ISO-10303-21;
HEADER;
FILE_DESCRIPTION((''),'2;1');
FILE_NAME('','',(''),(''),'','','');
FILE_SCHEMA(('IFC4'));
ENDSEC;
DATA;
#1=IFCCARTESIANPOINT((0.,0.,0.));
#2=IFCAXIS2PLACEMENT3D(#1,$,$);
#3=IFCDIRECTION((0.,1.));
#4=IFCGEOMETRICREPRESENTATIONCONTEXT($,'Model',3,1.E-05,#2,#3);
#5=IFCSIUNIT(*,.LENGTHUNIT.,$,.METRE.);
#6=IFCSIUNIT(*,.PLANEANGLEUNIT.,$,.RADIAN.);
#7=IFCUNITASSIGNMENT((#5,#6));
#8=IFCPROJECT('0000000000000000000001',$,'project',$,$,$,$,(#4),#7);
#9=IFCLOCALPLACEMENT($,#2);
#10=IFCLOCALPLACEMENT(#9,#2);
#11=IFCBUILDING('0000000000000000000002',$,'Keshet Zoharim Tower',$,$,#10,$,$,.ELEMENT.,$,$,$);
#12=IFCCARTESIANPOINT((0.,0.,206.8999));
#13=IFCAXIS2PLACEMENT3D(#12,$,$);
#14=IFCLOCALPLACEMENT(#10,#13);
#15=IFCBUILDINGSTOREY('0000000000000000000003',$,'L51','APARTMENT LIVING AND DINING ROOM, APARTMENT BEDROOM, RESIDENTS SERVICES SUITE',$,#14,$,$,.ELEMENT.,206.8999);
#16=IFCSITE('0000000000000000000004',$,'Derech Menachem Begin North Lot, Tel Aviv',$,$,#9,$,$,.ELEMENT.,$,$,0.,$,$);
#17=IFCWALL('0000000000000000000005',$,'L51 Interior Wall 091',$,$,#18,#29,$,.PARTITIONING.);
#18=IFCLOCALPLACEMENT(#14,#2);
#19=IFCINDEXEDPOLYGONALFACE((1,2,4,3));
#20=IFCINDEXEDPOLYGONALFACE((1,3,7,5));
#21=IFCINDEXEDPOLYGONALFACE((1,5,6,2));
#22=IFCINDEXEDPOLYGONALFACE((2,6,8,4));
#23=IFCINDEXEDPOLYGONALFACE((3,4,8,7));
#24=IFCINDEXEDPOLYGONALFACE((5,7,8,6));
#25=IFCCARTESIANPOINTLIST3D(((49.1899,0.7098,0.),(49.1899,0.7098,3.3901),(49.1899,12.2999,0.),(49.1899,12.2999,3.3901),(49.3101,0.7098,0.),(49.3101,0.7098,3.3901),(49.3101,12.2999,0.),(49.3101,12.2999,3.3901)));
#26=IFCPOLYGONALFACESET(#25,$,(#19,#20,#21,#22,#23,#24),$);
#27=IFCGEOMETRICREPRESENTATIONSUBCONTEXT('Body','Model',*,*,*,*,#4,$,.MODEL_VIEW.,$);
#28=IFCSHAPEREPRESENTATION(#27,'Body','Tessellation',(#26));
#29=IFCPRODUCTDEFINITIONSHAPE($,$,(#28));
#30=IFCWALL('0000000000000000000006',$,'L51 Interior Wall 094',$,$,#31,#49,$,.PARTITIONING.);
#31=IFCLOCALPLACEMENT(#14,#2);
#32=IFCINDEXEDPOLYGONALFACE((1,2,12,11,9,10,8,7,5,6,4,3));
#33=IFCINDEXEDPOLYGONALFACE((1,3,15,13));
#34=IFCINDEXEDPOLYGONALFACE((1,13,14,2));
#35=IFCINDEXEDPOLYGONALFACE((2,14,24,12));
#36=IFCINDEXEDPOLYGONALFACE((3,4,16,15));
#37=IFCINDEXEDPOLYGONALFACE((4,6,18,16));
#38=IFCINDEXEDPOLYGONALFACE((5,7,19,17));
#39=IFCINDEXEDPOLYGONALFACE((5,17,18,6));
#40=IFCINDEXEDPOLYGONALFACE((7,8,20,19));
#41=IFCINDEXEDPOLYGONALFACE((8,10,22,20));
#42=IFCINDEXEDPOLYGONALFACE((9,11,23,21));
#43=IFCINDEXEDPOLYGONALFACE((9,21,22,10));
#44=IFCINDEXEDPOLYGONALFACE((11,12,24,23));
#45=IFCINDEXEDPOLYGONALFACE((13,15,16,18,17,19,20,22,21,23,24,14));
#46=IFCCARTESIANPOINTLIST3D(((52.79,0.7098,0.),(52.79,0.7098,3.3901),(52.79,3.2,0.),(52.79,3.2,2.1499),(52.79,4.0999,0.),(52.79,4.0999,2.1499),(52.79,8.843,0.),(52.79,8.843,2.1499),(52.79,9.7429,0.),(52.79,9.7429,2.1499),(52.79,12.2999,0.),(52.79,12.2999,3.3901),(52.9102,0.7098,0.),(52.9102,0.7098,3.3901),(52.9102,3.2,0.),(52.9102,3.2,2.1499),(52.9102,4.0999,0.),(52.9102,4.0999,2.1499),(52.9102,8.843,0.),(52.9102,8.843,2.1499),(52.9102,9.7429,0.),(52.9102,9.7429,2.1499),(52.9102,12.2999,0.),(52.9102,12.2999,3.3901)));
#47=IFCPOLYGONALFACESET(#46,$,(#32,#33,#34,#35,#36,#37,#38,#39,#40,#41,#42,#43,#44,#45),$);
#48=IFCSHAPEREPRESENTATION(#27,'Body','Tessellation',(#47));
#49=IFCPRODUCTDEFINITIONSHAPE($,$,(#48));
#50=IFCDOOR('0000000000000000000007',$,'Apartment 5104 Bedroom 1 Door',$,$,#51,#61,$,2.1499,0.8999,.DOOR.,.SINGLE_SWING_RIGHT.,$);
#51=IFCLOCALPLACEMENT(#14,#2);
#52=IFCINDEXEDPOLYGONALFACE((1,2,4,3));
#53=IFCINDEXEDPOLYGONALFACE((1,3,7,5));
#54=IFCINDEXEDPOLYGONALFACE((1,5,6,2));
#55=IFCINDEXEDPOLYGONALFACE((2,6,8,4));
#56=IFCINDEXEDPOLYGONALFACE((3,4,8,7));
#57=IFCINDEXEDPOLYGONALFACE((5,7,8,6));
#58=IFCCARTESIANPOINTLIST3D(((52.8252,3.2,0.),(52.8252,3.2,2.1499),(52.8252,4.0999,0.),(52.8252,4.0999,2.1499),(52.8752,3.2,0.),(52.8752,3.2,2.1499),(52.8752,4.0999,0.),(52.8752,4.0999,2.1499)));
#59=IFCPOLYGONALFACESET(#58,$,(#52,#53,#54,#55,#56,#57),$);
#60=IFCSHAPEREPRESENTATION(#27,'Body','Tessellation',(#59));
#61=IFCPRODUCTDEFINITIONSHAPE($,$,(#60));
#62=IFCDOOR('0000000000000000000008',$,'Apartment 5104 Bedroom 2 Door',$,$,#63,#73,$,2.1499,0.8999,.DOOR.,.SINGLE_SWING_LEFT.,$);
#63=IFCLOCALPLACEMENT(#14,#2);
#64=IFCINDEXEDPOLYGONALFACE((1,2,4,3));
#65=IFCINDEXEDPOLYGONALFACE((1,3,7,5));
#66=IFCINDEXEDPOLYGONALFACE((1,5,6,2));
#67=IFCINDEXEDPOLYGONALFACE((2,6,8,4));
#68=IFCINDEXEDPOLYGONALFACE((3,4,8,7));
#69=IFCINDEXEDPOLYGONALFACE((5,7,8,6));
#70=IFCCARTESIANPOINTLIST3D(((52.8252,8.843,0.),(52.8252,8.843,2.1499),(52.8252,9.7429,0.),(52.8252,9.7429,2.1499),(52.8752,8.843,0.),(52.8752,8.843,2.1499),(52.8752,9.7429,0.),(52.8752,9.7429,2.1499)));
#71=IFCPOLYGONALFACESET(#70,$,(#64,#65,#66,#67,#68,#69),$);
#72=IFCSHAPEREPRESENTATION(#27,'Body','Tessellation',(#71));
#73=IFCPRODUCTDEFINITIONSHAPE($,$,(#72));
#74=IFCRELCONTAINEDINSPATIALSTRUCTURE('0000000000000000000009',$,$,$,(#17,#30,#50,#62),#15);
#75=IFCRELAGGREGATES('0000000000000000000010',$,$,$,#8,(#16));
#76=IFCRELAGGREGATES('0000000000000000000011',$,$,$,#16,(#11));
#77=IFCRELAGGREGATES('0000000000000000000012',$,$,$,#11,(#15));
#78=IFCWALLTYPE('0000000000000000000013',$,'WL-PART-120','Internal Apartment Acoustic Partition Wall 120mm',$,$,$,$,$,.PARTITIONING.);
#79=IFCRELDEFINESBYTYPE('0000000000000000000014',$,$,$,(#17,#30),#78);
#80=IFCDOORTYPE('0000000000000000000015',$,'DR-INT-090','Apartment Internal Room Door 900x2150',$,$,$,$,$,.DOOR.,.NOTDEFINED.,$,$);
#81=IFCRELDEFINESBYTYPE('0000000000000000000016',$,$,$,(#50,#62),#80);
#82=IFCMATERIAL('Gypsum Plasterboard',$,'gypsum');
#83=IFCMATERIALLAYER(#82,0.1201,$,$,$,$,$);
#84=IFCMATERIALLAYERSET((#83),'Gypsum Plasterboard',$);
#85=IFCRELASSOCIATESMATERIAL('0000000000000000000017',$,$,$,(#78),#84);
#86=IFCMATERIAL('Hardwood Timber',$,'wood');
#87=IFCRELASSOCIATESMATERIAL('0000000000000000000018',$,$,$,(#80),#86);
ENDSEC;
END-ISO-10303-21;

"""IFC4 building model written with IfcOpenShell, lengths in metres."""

from ifc_helpers import new_model, si_unit, direction, frame, frame_2d, origin, place, context, subcontext, project, spatial, rectangle, extrude, material, layer, layer_set, type_object, element, fill, save


model = new_model("IFC4")

# Units and contexts
model_context = context("Model", 3, precision=1e-05, world=origin(), true_north=direction((0.0, 1.0)))
body_context = subcontext(model_context, "Body", "Model", "MODEL_VIEW")
ifc_project = project(units=[si_unit("LENGTHUNIT", "METRE"), si_unit("PLANEANGLEUNIT", "RADIAN")], contexts=[model_context])

# Site, building, storey
site_placement = place(None, origin())
site = spatial("IfcSite", under=ifc_project, at=site_placement, Name="Derech Menachem Begin North Lot, Tel Aviv", CompositionType="ELEMENT", RefElevation=0.0)
building_placement = place(site_placement, origin())
building = spatial("IfcBuilding", under=site, at=building_placement, Name="Keshet Zoharim Tower", CompositionType="ELEMENT")
storey_placement = place(building_placement, frame((0.0, 0.0, 206.8999)))
storey = spatial("IfcBuildingStorey", under=building, at=storey_placement, Name="L51", Description="APARTMENT LIVING AND DINING ROOM, APARTMENT BEDROOM, RESIDENTS SERVICES SUITE", CompositionType="ELEMENT", Elevation=206.8999)

# Wall
ifc_material_1 = material(Name="Gypsum Plasterboard", Category="gypsum")
ifc_layer_1 = layer(ifc_material_1, 0.1201)
ifc_layer_set_1 = layer_set([ifc_layer_1], Name="Gypsum Plasterboard")
wall_type = type_object("IfcWallType", Name="WL-PART-120", Description="Internal Apartment Acoustic Partition Wall 120mm", PredefinedType="PARTITIONING", material=ifc_layer_set_1)
wall_1_placement = place(storey_placement, frame((49.25, 0.71, 0.0), z_axis=(0.0, 0.0, 1.0), x_axis=(0.0, 1.0, 0.0)))
element("IfcWall", 1, at=wall_1_placement, inside=storey, type_object=wall_type, Name="L51 Interior Wall 091", PredefinedType="PARTITIONING", context=body_context, shape_type="SweptSolid", body=[
    extrude(rectangle(XDim=11.5901, YDim=0.1201, at=frame_2d((5.7949, 0.0))), origin(), (0.0, 0.0, 1.0), 3.3901),
])

# Wall, openings, doors
wall_2_placement = place(storey_placement, frame((52.8501, 0.71, 0.0), z_axis=(0.0, 0.0, 1.0), x_axis=(0.0, 1.0, 0.0)))
wall_2 = element("IfcWall", 2, at=wall_2_placement, inside=storey, type_object=wall_type, Name="L51 Interior Wall 094", PredefinedType="PARTITIONING", context=body_context, shape_type="SweptSolid", body=[
    extrude(rectangle(XDim=11.5901, YDim=0.1201, at=frame_2d((5.7949, 0.0))), origin(), (0.0, 0.0, 1.0), 3.3901),
])
opening_1_placement = place(wall_2_placement, frame((2.49, 0.0, 0.0)))
opening_1 = element("IfcOpeningElement", 3, at=opening_1_placement, cuts=wall_2, PredefinedType="OPENING", context=body_context, shape_type="SweptSolid", body=[
    extrude(rectangle(XDim=0.8999, YDim=2.1499, at=frame_2d((0.45, 1.075))), frame((0.0, 0.0701, 0.0), z_axis=(0.0, -1.0, 0.0), x_axis=(1.0, 0.0, 0.0)), (0.0, 0.0, 1.0), 0.1401),
])
opening_2_placement = place(wall_2_placement, frame((8.1331, 0.0, 0.0)))
opening_2 = element("IfcOpeningElement", 4, at=opening_2_placement, cuts=wall_2, PredefinedType="OPENING", context=body_context, shape_type="SweptSolid", body=[
    extrude(rectangle(XDim=0.8999, YDim=2.1499, at=frame_2d((0.45, 1.075))), frame((0.0, 0.0701, 0.0), z_axis=(0.0, -1.0, 0.0), x_axis=(1.0, 0.0, 0.0)), (0.0, 0.0, 1.0), 0.1401),
])
ifc_material_2 = material(Name="Hardwood Timber", Category="wood")
door_type = type_object("IfcDoorType", Name="DR-INT-090", Description="Apartment Internal Room Door 900x2150", OperationType="NOTDEFINED", PredefinedType="DOOR", material=ifc_material_2)
door_1_placement = place(opening_1_placement, origin())
door_1 = element("IfcDoor", 5, at=door_1_placement, inside=storey, type_object=door_type, Name="Apartment 5104 Bedroom 1 Door", OperationType="SINGLE_SWING_RIGHT", OverallHeight=2.1499, OverallWidth=0.8999, PredefinedType="DOOR", context=body_context, shape_type="SweptSolid", body=[
    extrude(rectangle(XDim=0.8999, YDim=2.1499, at=frame_2d((0.45, 1.075))), frame((0.0, 0.0249, 0.0), z_axis=(0.0, -1.0, 0.0), x_axis=(1.0, 0.0, 0.0)), (0.0, 0.0, 1.0), 0.05),
])
fill(opening_1, door_1)
door_2_placement = place(opening_2_placement, origin())
door_2 = element("IfcDoor", 6, at=door_2_placement, inside=storey, type_object=door_type, Name="Apartment 5104 Bedroom 2 Door", OperationType="SINGLE_SWING_LEFT", OverallHeight=2.1499, OverallWidth=0.8999, PredefinedType="DOOR", context=body_context, shape_type="SweptSolid", body=[
    extrude(rectangle(XDim=0.8999, YDim=2.1499, at=frame_2d((0.45, 1.075))), frame((0.0, 0.0249, 0.0), z_axis=(0.0, -1.0, 0.0), x_axis=(1.0, 0.0, 0.0)), (0.0, 0.0, 1.0), 0.05),
])
fill(opening_2, door_2)

save(model, "model.ifc")
